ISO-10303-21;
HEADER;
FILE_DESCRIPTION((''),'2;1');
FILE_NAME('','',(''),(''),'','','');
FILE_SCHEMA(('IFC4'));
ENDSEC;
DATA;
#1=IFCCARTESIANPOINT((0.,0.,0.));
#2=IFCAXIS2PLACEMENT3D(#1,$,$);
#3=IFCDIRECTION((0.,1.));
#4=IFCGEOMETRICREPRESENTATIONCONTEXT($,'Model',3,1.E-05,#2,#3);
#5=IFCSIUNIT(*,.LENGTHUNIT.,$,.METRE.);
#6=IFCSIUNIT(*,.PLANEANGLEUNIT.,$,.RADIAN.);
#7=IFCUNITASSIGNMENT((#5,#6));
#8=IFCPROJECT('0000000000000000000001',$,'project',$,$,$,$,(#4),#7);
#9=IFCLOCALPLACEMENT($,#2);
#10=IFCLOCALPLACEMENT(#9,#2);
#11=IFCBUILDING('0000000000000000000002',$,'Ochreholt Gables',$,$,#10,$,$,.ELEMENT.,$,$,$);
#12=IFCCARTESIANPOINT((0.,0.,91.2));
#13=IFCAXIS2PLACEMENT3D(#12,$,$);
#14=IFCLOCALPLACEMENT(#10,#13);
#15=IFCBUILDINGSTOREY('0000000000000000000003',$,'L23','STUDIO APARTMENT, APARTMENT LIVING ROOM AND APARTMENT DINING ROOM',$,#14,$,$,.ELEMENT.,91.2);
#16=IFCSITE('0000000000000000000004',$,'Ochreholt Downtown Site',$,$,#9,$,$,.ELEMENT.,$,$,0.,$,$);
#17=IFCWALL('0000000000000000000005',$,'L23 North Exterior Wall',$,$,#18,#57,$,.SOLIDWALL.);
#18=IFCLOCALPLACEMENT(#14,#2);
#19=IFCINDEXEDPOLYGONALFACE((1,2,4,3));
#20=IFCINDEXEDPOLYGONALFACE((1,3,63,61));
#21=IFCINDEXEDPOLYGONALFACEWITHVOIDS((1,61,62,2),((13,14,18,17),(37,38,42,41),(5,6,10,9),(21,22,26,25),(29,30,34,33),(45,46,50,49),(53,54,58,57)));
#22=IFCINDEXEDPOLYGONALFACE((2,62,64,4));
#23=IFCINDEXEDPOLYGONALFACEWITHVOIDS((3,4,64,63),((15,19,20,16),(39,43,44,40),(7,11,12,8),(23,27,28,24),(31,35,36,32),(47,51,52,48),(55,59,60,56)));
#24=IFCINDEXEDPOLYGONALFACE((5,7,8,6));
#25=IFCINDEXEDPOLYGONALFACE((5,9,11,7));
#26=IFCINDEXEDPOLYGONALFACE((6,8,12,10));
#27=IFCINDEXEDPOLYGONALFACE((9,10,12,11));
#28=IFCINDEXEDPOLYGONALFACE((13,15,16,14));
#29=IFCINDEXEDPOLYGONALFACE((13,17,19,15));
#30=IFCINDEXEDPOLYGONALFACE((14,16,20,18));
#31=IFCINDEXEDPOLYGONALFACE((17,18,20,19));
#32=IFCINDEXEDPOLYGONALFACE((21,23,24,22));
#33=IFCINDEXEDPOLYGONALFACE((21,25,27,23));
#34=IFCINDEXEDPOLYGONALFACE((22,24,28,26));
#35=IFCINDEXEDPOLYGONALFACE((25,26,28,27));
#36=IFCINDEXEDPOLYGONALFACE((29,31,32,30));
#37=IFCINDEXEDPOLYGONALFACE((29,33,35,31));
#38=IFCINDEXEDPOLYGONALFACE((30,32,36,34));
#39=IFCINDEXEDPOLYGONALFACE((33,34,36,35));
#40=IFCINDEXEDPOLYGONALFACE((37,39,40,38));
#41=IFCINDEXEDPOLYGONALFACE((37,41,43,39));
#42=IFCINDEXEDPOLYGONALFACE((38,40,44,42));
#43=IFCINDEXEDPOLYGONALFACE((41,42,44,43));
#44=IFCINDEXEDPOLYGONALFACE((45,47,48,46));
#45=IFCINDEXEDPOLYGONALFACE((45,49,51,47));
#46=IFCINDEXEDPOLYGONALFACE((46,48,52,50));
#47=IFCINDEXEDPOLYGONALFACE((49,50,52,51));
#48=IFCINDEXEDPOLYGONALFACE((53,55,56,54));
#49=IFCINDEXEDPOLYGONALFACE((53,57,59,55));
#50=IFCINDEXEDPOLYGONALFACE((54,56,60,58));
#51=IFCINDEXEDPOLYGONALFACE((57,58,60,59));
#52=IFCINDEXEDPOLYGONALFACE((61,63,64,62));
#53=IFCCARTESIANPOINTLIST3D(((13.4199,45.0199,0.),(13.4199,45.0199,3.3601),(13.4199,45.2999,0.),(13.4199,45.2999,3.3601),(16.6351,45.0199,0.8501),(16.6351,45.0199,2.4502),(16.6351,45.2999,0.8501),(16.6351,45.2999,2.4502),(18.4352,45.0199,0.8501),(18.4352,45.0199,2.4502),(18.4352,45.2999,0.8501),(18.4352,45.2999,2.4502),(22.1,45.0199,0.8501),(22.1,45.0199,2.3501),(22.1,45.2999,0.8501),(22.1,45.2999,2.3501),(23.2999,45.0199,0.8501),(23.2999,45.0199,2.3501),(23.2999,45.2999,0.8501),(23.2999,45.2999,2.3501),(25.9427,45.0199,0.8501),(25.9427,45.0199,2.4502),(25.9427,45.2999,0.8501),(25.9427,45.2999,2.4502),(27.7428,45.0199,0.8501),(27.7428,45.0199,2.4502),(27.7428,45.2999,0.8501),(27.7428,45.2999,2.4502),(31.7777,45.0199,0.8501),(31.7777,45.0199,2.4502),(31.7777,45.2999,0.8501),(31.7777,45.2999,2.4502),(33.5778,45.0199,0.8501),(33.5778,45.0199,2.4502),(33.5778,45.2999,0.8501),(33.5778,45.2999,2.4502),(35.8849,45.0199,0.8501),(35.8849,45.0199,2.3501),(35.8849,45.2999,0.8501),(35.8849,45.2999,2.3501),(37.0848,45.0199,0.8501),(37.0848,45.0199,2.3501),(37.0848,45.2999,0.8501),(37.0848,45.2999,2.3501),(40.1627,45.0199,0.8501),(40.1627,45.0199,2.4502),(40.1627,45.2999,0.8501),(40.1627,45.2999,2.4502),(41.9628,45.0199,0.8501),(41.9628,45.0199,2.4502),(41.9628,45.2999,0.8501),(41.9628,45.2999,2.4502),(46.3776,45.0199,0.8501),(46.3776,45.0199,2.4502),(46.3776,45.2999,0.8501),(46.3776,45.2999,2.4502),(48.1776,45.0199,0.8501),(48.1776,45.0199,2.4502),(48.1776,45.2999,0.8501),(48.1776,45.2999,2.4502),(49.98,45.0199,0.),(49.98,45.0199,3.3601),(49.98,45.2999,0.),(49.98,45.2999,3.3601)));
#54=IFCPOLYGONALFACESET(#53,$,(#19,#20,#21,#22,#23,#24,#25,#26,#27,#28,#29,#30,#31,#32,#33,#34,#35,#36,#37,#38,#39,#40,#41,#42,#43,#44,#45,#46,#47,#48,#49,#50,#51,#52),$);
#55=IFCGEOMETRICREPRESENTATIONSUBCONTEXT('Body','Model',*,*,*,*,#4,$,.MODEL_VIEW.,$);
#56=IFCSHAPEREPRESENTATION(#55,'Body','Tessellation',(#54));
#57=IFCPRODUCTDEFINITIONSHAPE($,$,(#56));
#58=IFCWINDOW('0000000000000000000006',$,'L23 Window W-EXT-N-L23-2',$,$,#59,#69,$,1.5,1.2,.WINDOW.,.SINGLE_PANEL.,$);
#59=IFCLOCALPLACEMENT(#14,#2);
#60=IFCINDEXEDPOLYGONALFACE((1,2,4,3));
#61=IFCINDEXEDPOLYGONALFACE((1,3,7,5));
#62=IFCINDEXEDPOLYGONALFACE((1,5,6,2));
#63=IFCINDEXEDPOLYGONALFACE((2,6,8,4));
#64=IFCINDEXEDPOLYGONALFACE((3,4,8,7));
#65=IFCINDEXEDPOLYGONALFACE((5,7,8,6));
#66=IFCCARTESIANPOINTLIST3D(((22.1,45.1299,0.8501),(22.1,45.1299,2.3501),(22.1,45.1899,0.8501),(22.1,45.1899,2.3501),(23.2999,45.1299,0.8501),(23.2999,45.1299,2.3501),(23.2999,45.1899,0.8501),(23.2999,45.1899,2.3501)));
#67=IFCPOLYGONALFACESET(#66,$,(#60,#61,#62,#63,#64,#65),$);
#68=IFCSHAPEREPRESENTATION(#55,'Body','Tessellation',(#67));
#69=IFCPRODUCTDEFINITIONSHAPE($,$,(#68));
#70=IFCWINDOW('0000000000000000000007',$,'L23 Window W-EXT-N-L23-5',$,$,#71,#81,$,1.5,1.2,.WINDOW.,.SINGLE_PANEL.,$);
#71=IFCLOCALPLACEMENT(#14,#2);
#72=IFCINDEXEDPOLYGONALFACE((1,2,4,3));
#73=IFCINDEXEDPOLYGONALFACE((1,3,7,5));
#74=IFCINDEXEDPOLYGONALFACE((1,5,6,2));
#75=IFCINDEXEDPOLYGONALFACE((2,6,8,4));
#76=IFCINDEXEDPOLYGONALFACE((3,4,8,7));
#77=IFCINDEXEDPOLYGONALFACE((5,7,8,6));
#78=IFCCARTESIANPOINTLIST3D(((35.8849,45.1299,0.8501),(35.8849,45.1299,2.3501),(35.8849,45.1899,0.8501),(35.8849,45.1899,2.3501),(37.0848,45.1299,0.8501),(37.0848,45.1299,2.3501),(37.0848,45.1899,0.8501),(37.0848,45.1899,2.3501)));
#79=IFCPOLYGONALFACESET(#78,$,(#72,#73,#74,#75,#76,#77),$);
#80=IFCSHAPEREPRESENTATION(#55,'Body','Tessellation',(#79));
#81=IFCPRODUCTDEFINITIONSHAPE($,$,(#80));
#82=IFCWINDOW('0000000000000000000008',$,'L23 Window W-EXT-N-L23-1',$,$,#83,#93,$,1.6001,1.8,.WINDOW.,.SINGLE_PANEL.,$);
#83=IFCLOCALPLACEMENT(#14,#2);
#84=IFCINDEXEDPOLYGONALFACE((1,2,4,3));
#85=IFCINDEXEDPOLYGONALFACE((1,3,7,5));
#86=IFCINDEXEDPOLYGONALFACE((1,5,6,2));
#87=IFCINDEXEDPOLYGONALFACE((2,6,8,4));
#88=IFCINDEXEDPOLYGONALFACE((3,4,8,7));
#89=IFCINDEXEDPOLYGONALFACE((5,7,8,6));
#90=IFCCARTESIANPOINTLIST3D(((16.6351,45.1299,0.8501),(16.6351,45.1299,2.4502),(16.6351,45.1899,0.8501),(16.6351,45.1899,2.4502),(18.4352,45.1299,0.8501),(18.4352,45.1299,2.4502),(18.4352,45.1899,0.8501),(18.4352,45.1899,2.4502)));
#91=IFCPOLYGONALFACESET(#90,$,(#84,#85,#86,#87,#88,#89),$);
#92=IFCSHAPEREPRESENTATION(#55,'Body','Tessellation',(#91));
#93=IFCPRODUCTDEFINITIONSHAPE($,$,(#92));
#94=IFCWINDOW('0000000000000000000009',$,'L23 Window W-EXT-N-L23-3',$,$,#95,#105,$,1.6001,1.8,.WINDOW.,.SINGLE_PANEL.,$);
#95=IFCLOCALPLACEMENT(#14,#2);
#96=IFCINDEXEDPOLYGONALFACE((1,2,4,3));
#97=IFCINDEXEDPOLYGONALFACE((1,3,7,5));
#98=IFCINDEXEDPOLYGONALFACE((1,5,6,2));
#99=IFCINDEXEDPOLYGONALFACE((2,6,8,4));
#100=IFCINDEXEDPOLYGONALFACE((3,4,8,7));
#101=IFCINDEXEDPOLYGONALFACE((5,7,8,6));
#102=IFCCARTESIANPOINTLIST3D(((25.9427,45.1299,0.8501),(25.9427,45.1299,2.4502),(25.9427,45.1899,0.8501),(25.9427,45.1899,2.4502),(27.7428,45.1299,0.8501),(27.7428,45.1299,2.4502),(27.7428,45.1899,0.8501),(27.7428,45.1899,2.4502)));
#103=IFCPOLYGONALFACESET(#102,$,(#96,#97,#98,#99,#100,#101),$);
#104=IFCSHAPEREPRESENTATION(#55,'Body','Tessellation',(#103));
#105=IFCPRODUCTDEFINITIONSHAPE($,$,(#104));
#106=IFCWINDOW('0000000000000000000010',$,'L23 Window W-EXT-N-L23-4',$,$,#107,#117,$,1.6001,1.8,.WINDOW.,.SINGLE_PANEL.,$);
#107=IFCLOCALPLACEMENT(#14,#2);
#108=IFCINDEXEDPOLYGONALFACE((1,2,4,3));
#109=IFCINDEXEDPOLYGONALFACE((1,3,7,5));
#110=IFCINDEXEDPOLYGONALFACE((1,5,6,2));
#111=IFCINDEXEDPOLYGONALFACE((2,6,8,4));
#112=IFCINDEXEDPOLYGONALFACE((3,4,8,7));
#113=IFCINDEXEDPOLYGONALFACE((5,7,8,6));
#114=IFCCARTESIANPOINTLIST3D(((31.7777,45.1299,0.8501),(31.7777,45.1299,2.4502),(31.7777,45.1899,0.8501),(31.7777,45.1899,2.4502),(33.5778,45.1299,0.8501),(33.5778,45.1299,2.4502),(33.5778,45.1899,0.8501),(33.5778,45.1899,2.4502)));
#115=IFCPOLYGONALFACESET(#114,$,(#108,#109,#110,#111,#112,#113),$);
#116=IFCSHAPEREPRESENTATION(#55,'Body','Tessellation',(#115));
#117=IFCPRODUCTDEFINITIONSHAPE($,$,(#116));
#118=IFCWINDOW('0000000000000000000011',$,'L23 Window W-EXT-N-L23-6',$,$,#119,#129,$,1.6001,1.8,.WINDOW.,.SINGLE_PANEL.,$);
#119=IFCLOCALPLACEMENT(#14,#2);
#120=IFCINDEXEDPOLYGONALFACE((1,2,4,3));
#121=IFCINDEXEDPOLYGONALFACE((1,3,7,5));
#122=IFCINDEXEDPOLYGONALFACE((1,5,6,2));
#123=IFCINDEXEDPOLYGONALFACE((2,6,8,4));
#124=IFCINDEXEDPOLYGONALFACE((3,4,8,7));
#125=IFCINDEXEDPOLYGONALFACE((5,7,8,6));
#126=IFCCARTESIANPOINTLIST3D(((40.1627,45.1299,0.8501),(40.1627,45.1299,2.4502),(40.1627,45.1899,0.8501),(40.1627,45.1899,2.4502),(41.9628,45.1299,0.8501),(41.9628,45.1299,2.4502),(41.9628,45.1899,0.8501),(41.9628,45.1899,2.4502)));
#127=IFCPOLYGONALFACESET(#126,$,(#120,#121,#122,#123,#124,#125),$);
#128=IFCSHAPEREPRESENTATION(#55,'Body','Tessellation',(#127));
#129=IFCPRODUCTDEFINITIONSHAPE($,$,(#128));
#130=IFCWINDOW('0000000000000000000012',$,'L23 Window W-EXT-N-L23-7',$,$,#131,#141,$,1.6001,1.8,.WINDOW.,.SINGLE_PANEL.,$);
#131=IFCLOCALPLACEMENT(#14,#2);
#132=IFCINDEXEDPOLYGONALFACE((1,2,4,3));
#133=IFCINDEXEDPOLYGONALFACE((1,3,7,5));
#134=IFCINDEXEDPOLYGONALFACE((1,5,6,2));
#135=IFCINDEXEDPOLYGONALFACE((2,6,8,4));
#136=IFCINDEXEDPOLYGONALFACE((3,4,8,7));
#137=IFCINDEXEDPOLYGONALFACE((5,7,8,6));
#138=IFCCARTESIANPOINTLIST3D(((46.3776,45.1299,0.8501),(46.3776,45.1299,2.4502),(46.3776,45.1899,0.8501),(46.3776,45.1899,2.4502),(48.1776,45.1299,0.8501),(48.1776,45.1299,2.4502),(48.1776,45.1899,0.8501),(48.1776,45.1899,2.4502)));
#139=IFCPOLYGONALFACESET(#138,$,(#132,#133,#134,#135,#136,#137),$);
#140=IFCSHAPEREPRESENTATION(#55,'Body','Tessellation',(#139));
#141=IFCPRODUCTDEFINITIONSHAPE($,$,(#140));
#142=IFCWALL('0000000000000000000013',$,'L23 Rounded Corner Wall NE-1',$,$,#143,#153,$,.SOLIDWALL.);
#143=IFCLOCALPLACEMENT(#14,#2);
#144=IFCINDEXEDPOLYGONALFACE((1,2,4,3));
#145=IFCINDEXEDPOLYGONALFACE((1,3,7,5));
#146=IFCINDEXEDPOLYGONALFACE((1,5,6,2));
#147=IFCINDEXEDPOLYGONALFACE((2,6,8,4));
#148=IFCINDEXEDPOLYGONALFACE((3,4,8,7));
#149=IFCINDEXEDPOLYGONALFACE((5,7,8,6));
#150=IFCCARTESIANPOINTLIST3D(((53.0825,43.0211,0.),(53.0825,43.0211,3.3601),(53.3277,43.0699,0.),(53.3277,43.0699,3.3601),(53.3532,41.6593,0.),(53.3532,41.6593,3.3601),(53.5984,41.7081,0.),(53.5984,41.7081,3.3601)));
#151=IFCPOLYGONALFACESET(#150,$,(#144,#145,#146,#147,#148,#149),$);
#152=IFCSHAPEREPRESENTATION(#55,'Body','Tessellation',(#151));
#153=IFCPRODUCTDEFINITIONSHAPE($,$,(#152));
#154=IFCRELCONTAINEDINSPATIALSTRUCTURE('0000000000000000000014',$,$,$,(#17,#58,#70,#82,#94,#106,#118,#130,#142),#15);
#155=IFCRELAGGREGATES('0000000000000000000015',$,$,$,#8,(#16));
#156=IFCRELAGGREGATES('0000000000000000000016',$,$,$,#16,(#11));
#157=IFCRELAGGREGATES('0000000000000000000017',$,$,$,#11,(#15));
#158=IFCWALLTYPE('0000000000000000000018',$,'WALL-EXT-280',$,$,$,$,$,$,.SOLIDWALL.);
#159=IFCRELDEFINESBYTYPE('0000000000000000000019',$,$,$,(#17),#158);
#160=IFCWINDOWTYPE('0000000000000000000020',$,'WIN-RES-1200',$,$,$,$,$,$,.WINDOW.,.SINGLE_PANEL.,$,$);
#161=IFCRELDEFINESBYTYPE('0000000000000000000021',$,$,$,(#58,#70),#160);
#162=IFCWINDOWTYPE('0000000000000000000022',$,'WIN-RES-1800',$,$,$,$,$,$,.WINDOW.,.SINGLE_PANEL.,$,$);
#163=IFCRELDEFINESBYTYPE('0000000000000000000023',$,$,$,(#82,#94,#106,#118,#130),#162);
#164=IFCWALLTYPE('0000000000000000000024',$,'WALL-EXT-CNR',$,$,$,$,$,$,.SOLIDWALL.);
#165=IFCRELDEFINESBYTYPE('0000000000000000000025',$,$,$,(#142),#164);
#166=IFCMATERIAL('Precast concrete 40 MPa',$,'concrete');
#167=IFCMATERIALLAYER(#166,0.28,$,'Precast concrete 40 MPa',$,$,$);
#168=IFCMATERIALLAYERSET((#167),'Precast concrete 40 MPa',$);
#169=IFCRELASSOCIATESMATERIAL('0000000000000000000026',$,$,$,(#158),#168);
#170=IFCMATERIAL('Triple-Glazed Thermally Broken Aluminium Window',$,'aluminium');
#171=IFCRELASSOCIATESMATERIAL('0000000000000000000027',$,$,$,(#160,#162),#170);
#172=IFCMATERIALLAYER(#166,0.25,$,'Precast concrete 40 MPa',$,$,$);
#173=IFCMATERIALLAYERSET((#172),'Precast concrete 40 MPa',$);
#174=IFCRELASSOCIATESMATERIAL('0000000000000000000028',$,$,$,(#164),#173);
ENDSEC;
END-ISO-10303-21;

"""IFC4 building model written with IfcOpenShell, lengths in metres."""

from ifc_helpers import new_model, si_unit, direction, frame, frame_2d, origin, place, context, subcontext, project, spatial, rectangle, extrude, material, layer, layer_set, type_object, element, fill, save


model = new_model("IFC4")

# Units and contexts
model_context = context("Model", 3, precision=1e-05, world=origin(), true_north=direction((0.0, 1.0)))
body_context = subcontext(model_context, "Body", "Model", "MODEL_VIEW")
ifc_project = project(units=[si_unit("LENGTHUNIT", "METRE"), si_unit("PLANEANGLEUNIT", "RADIAN")], contexts=[model_context])

# Site, building, storey
site_placement = place(None, origin())
site = spatial("IfcSite", under=ifc_project, at=site_placement, Name="Ochreholt Downtown Site", CompositionType="ELEMENT", RefElevation=0.0)
building_placement = place(site_placement, origin())
building = spatial("IfcBuilding", under=site, at=building_placement, Name="Ochreholt Gables", CompositionType="ELEMENT")
storey_placement = place(building_placement, frame((0.0, 0.0, 91.2)))
storey = spatial("IfcBuildingStorey", under=building, at=storey_placement, Name="L23", Description="STUDIO APARTMENT, APARTMENT LIVING ROOM AND APARTMENT DINING ROOM", CompositionType="ELEMENT", Elevation=91.2)

# Wall, openings, windows
ifc_material_1 = material(Name="Precast concrete 40 MPa", Category="concrete")
ifc_layer_1 = layer(ifc_material_1, 0.28, Name="Precast concrete 40 MPa")
ifc_layer_set_1 = layer_set([ifc_layer_1], Name="Precast concrete 40 MPa")
wall_type_1 = type_object("IfcWallType", Name="WALL-EXT-280", PredefinedType="SOLIDWALL", material=ifc_layer_set_1)
wall_1_placement = place(storey_placement, frame((49.98, 45.1599, 0.0), z_axis=(0.0, 0.0, 1.0), x_axis=(-1.0, 0.0, 0.0)))
wall_1 = element("IfcWall", 1, at=wall_1_placement, inside=storey, type_object=wall_type_1, Name="L23 North Exterior Wall", PredefinedType="SOLIDWALL", context=body_context, shape_type="SweptSolid", body=[
    extrude(rectangle(XDim=36.5601, YDim=0.28, at=frame_2d((18.28, 0.0))), origin(), (0.0, 0.0, 1.0), 3.3601),
])
opening_1_placement = place(wall_1_placement, frame((31.5449, 0.0, 0.8501)))
opening_1 = element("IfcOpeningElement", 2, at=opening_1_placement, cuts=wall_1, PredefinedType="OPENING", context=body_context, shape_type="SweptSolid", body=[
    extrude(rectangle(XDim=1.8, YDim=1.6001, at=frame_2d((0.8999, 0.8))), frame((0.0, 0.1499, 0.0), z_axis=(0.0, -1.0, 0.0), x_axis=(1.0, 0.0, 0.0)), (0.0, 0.0, 1.0), 0.3),
])
opening_2_placement = place(wall_1_placement, frame((26.6799, 0.0, 0.8501)))
opening_2 = element("IfcOpeningElement", 3, at=opening_2_placement, cuts=wall_1, PredefinedType="OPENING", context=body_context, shape_type="SweptSolid", body=[
    extrude(rectangle(XDim=1.2, YDim=1.5, at=frame_2d((0.6001, 0.75))), frame((0.0, 0.1499, 0.0), z_axis=(0.0, -1.0, 0.0), x_axis=(1.0, 0.0, 0.0)), (0.0, 0.0, 1.0), 0.3),
])
opening_3_placement = place(wall_1_placement, frame((22.2373, 0.0, 0.8501)))
opening_3 = element("IfcOpeningElement", 4, at=opening_3_placement, cuts=wall_1, PredefinedType="OPENING", context=body_context, shape_type="SweptSolid", body=[
    extrude(rectangle(XDim=1.8, YDim=1.6001, at=frame_2d((0.8999, 0.8))), frame((0.0, 0.1499, 0.0), z_axis=(0.0, -1.0, 0.0), x_axis=(1.0, 0.0, 0.0)), (0.0, 0.0, 1.0), 0.3),
])
opening_4_placement = place(wall_1_placement, frame((16.4023, 0.0, 0.8501)))
opening_4 = element("IfcOpeningElement", 5, at=opening_4_placement, cuts=wall_1, PredefinedType="OPENING", context=body_context, shape_type="SweptSolid", body=[
    extrude(rectangle(XDim=1.8, YDim=1.6001, at=frame_2d((0.8999, 0.8))), frame((0.0, 0.1499, 0.0), z_axis=(0.0, -1.0, 0.0), x_axis=(1.0, 0.0, 0.0)), (0.0, 0.0, 1.0), 0.3),
])
opening_5_placement = place(wall_1_placement, frame((12.895, 0.0, 0.8501)))
opening_5 = element("IfcOpeningElement", 6, at=opening_5_placement, cuts=wall_1, PredefinedType="OPENING", context=body_context, shape_type="SweptSolid", body=[
    extrude(rectangle(XDim=1.2, YDim=1.5, at=frame_2d((0.6001, 0.75))), frame((0.0, 0.1499, 0.0), z_axis=(0.0, -1.0, 0.0), x_axis=(1.0, 0.0, 0.0)), (0.0, 0.0, 1.0), 0.3),
])
opening_6_placement = place(wall_1_placement, frame((8.0173, 0.0, 0.8501)))
opening_6 = element("IfcOpeningElement", 7, at=opening_6_placement, cuts=wall_1, PredefinedType="OPENING", context=body_context, shape_type="SweptSolid", body=[
    extrude(rectangle(XDim=1.8, YDim=1.6001, at=frame_2d((0.8999, 0.8))), frame((0.0, 0.1499, 0.0), z_axis=(0.0, -1.0, 0.0), x_axis=(1.0, 0.0, 0.0)), (0.0, 0.0, 1.0), 0.3),
])
opening_7_placement = place(wall_1_placement, frame((1.8025, 0.0, 0.8501)))
opening_7 = element("IfcOpeningElement", 8, at=opening_7_placement, cuts=wall_1, PredefinedType="OPENING", context=body_context, shape_type="SweptSolid", body=[
    extrude(rectangle(XDim=1.8, YDim=1.6001, at=frame_2d((0.8999, 0.8))), frame((0.0, 0.1499, 0.0), z_axis=(0.0, -1.0, 0.0), x_axis=(1.0, 0.0, 0.0)), (0.0, 0.0, 1.0), 0.3),
])
ifc_material_2 = material(Name="Triple-Glazed Thermally Broken Aluminium Window", Category="aluminium")
window_type_1 = type_object("IfcWindowType", Name="WIN-RES-1200", PartitioningType="SINGLE_PANEL", PredefinedType="WINDOW", material=ifc_material_2)
window_1_placement = place(opening_2_placement, origin())
window_1 = element("IfcWindow", 9, at=window_1_placement, inside=storey, type_object=window_type_1, Name="L23 Window W-EXT-N-L23-2", OverallHeight=1.5, OverallWidth=1.2, PartitioningType="SINGLE_PANEL", PredefinedType="WINDOW", context=body_context, shape_type="SweptSolid", body=[
    extrude(rectangle(XDim=1.2, YDim=1.5, at=frame_2d((0.6001, 0.75))), frame((0.0, 0.03, 0.0), z_axis=(0.0, -1.0, 0.0), x_axis=(1.0, 0.0, 0.0)), (0.0, 0.0, 1.0), 0.0601),
])
fill(opening_2, window_1)
window_2_placement = place(opening_5_placement, origin())
window_2 = element("IfcWindow", 10, at=window_2_placement, inside=storey, type_object=window_type_1, Name="L23 Window W-EXT-N-L23-5", OverallHeight=1.5, OverallWidth=1.2, PartitioningType="SINGLE_PANEL", PredefinedType="WINDOW", context=body_context, shape_type="SweptSolid", body=[
    extrude(rectangle(XDim=1.2, YDim=1.5, at=frame_2d((0.6001, 0.75))), frame((0.0, 0.03, 0.0), z_axis=(0.0, -1.0, 0.0), x_axis=(1.0, 0.0, 0.0)), (0.0, 0.0, 1.0), 0.0601),
])
fill(opening_5, window_2)
window_type_2 = type_object("IfcWindowType", Name="WIN-RES-1800", PartitioningType="SINGLE_PANEL", PredefinedType="WINDOW", material=ifc_material_2)
window_3_placement = place(opening_1_placement, origin())
window_3 = element("IfcWindow", 11, at=window_3_placement, inside=storey, type_object=window_type_2, Name="L23 Window W-EXT-N-L23-1", OverallHeight=1.6001, OverallWidth=1.8, PartitioningType="SINGLE_PANEL", PredefinedType="WINDOW", context=body_context, shape_type="SweptSolid", body=[
    extrude(rectangle(XDim=1.8, YDim=1.6001, at=frame_2d((0.8999, 0.8))), frame((0.0, 0.03, 0.0), z_axis=(0.0, -1.0, 0.0), x_axis=(1.0, 0.0, 0.0)), (0.0, 0.0, 1.0), 0.0601),
])
fill(opening_1, window_3)
window_4_placement = place(opening_3_placement, origin())
window_4 = element("IfcWindow", 12, at=window_4_placement, inside=storey, type_object=window_type_2, Name="L23 Window W-EXT-N-L23-3", OverallHeight=1.6001, OverallWidth=1.8, PartitioningType="SINGLE_PANEL", PredefinedType="WINDOW", context=body_context, shape_type="SweptSolid", body=[
    extrude(rectangle(XDim=1.8, YDim=1.6001, at=frame_2d((0.8999, 0.8))), frame((0.0, 0.03, 0.0), z_axis=(0.0, -1.0, 0.0), x_axis=(1.0, 0.0, 0.0)), (0.0, 0.0, 1.0), 0.0601),
])
fill(opening_3, window_4)
window_5_placement = place(opening_4_placement, origin())
window_5 = element("IfcWindow", 13, at=window_5_placement, inside=storey, type_object=window_type_2, Name="L23 Window W-EXT-N-L23-4", OverallHeight=1.6001, OverallWidth=1.8, PartitioningType="SINGLE_PANEL", PredefinedType="WINDOW", context=body_context, shape_type="SweptSolid", body=[
    extrude(rectangle(XDim=1.8, YDim=1.6001, at=frame_2d((0.8999, 0.8))), frame((0.0, 0.03, 0.0), z_axis=(0.0, -1.0, 0.0), x_axis=(1.0, 0.0, 0.0)), (0.0, 0.0, 1.0), 0.0601),
])
fill(opening_4, window_5)
window_6_placement = place(opening_6_placement, origin())
window_6 = element("IfcWindow", 14, at=window_6_placement, inside=storey, type_object=window_type_2, Name="L23 Window W-EXT-N-L23-6", OverallHeight=1.6001, OverallWidth=1.8, PartitioningType="SINGLE_PANEL", PredefinedType="WINDOW", context=body_context, shape_type="SweptSolid", body=[
    extrude(rectangle(XDim=1.8, YDim=1.6001, at=frame_2d((0.8999, 0.8))), frame((0.0, 0.03, 0.0), z_axis=(0.0, -1.0, 0.0), x_axis=(1.0, 0.0, 0.0)), (0.0, 0.0, 1.0), 0.0601),
])
fill(opening_6, window_6)
window_7_placement = place(opening_7_placement, origin())
window_7 = element("IfcWindow", 15, at=window_7_placement, inside=storey, type_object=window_type_2, Name="L23 Window W-EXT-N-L23-7", OverallHeight=1.6001, OverallWidth=1.8, PartitioningType="SINGLE_PANEL", PredefinedType="WINDOW", context=body_context, shape_type="SweptSolid", body=[
    extrude(rectangle(XDim=1.8, YDim=1.6001, at=frame_2d((0.8999, 0.8))), frame((0.0, 0.03, 0.0), z_axis=(0.0, -1.0, 0.0), x_axis=(1.0, 0.0, 0.0)), (0.0, 0.0, 1.0), 0.0601),
])
fill(opening_7, window_7)

# Wall
ifc_layer_2 = layer(ifc_material_1, 0.25, Name="Precast concrete 40 MPa")
ifc_layer_set_2 = layer_set([ifc_layer_2], Name="Precast concrete 40 MPa")
wall_type_2 = type_object("IfcWallType", Name="WALL-EXT-CNR", PredefinedType="SOLIDWALL", material=ifc_layer_set_2)
wall_2_placement = place(storey_placement, frame((53.4758, 41.6836, 0.0), z_axis=(0.0, 0.0, 1.0), x_axis=(-0.195, 0.980803, 0.0)))
element("IfcWall", 16, at=wall_2_placement, inside=storey, type_object=wall_type_2, Name="L23 Rounded Corner Wall NE-1", PredefinedType="SOLIDWALL", context=body_context, shape_type="SweptSolid", body=[
    extrude(rectangle(XDim=1.3884, YDim=0.25, at=frame_2d((0.6943, 0.0))), origin(), (0.0, 0.0, 1.0), 3.3601),
])

save(model, "model.ifc")
